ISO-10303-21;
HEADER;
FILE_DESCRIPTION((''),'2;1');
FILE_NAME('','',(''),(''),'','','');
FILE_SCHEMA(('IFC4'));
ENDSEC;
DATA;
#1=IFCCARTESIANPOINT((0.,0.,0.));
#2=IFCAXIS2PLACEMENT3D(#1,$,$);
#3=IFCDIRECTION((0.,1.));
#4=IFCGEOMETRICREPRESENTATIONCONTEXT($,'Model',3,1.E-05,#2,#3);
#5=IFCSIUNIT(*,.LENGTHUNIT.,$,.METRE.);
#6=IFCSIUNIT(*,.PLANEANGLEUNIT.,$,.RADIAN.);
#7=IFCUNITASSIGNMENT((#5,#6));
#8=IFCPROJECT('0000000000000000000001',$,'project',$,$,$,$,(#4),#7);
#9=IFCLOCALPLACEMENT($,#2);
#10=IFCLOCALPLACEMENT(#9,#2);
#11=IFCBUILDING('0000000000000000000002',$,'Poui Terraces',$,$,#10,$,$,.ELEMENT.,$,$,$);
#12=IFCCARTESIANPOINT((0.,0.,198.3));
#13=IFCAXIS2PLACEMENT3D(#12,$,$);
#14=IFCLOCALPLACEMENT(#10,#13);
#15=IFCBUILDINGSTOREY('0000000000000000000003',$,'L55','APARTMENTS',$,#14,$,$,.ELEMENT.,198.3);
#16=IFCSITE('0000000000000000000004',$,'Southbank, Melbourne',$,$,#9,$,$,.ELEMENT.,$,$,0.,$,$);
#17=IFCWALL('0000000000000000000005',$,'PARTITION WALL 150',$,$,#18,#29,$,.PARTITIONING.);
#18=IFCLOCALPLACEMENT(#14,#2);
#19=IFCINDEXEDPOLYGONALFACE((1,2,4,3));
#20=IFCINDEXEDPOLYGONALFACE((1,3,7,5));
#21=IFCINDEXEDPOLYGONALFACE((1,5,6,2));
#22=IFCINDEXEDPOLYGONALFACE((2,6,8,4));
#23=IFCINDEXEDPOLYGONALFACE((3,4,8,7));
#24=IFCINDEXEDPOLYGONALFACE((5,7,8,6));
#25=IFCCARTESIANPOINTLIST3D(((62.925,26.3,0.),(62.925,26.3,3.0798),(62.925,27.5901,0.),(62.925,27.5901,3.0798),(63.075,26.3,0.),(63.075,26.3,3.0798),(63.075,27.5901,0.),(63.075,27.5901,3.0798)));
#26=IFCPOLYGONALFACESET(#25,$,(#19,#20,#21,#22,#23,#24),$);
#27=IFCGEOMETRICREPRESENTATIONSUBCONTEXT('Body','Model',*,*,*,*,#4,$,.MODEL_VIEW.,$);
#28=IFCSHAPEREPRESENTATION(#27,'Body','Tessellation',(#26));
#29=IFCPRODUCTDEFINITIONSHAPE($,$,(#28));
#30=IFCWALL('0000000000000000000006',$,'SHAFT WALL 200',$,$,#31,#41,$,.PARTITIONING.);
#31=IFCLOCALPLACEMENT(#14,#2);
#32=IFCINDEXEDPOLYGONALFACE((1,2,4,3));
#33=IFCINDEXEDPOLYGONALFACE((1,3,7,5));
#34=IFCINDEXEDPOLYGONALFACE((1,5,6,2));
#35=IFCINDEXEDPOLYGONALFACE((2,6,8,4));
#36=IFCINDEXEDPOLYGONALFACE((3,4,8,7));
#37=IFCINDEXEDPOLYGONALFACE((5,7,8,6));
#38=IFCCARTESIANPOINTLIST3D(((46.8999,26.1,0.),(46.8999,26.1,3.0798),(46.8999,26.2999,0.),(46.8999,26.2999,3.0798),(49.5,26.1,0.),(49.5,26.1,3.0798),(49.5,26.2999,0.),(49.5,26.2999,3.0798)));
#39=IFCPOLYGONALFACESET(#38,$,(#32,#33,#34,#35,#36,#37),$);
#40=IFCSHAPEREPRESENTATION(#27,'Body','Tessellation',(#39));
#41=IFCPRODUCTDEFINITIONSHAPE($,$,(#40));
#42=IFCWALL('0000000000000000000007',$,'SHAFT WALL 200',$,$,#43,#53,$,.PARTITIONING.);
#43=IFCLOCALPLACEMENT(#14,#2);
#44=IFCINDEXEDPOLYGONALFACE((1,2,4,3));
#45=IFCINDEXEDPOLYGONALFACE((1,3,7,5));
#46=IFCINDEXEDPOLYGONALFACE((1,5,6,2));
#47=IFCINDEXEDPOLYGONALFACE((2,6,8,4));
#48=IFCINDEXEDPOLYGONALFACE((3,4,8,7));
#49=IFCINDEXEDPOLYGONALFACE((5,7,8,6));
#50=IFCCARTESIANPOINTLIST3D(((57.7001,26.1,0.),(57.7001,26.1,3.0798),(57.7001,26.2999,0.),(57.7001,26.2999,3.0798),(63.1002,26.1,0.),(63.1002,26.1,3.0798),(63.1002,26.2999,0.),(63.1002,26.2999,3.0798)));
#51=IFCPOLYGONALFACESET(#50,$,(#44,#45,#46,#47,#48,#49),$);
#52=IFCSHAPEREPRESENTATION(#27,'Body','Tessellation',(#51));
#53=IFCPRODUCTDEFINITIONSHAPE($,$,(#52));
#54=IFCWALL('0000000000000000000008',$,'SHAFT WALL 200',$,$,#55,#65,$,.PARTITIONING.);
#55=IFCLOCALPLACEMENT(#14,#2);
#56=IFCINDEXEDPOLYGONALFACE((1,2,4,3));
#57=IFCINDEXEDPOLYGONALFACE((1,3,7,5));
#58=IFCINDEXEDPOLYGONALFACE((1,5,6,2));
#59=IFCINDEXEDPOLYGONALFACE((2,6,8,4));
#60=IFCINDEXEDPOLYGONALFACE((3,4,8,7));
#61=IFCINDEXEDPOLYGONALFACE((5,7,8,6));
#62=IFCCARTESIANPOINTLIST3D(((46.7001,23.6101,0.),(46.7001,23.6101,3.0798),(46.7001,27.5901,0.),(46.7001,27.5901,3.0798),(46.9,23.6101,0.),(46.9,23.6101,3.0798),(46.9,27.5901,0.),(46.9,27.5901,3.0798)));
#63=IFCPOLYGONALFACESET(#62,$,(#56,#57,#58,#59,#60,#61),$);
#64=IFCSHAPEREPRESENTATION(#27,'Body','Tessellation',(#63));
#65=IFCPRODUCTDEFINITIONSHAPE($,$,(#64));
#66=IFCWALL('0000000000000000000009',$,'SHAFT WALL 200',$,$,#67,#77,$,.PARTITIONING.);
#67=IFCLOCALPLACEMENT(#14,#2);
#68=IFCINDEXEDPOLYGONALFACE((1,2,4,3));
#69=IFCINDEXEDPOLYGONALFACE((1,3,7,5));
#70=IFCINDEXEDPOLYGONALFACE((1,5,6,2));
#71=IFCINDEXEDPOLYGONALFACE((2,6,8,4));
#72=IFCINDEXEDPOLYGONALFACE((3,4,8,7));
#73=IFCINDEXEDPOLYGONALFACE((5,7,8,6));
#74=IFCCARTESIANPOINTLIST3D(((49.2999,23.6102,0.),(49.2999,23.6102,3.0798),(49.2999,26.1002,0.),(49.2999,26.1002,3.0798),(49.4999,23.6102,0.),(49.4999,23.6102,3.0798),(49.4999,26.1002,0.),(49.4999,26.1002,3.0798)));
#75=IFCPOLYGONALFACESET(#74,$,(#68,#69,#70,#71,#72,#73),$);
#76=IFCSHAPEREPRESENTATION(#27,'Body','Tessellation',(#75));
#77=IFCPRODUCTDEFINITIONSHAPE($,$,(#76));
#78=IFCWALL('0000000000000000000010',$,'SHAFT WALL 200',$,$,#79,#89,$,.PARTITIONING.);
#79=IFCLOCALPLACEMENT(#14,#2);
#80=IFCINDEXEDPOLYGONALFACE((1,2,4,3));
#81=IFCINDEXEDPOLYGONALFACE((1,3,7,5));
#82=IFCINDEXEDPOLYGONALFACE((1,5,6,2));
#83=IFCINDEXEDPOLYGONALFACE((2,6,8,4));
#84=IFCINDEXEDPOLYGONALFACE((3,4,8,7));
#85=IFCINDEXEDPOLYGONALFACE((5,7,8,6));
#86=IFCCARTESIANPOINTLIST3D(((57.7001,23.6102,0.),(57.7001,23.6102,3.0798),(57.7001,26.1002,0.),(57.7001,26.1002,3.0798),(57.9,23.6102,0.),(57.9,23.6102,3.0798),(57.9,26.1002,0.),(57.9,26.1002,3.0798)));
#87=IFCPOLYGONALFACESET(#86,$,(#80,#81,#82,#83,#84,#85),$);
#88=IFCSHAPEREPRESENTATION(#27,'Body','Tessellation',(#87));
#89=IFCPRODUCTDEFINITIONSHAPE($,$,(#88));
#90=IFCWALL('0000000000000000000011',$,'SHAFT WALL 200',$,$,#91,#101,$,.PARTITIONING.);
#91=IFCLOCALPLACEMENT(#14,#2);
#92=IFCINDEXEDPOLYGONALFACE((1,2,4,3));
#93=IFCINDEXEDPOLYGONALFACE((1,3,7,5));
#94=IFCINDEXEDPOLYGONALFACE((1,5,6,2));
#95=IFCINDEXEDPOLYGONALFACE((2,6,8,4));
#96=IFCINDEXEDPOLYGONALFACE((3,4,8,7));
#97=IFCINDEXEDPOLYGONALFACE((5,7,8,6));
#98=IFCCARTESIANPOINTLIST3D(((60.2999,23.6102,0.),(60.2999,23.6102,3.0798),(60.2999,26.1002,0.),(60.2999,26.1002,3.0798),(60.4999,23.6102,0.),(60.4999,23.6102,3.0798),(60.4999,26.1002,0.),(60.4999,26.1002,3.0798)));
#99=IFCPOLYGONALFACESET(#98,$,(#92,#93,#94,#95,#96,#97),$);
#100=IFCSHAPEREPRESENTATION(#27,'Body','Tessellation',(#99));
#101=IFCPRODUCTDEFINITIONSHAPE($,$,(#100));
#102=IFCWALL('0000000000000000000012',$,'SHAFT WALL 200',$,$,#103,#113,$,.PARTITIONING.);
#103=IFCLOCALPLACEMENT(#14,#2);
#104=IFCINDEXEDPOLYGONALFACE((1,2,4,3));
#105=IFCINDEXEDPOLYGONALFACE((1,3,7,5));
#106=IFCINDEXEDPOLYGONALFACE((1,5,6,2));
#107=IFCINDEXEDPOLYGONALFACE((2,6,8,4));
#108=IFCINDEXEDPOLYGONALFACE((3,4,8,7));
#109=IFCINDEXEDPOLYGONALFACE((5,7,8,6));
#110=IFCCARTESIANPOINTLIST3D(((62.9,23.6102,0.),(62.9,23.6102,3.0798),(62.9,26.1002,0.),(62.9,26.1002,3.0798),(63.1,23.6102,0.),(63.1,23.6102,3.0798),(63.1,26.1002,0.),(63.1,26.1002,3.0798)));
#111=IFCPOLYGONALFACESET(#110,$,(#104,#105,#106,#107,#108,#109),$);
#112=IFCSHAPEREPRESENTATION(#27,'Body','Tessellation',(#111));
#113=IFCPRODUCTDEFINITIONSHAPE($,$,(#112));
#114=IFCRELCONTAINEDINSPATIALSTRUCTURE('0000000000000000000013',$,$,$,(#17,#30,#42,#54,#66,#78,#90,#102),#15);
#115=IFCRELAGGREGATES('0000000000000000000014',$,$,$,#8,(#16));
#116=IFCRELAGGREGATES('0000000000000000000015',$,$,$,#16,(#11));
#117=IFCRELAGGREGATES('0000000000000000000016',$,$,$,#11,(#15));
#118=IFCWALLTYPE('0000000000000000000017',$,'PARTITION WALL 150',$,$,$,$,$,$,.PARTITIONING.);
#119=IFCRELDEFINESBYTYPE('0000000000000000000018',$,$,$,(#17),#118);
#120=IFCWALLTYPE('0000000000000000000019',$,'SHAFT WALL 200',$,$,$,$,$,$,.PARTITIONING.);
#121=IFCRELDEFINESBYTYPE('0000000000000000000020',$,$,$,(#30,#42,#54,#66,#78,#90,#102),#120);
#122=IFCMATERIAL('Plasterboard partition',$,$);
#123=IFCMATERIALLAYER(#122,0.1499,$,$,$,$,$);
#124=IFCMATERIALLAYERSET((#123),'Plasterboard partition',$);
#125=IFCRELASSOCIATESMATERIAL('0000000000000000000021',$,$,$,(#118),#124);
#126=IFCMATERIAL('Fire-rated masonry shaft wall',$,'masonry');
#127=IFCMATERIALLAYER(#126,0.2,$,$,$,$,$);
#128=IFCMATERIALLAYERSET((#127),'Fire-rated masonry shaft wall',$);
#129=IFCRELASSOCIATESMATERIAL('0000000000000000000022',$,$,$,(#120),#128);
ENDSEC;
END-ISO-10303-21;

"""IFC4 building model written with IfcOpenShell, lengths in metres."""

from ifc_helpers import new_model, si_unit, direction, frame, frame_2d, origin, place, context, subcontext, project, spatial, rectangle, extrude, material, layer, layer_set, type_object, element, save


model = new_model("IFC4")

# Units and contexts
model_context = context("Model", 3, precision=1e-05, world=origin(), true_north=direction((0.0, 1.0)))
body_context = subcontext(model_context, "Body", "Model", "MODEL_VIEW")
ifc_project = project(units=[si_unit("LENGTHUNIT", "METRE"), si_unit("PLANEANGLEUNIT", "RADIAN")], contexts=[model_context])

# Site, building, storey
site_placement = place(None, origin())
site = spatial("IfcSite", under=ifc_project, at=site_placement, Name="Southbank, Melbourne", CompositionType="ELEMENT", RefElevation=0.0)
building_placement = place(site_placement, origin())
building = spatial("IfcBuilding", under=site, at=building_placement, Name="Poui Terraces", CompositionType="ELEMENT")
storey_placement = place(building_placement, frame((0.0, 0.0, 198.3)))
storey = spatial("IfcBuildingStorey", under=building, at=storey_placement, Name="L55", Description="APARTMENTS", CompositionType="ELEMENT", Elevation=198.3)

# Walls
ifc_material_1 = material(Name="Plasterboard partition")
ifc_layer_1 = layer(ifc_material_1, 0.1499)
ifc_layer_set_1 = layer_set([ifc_layer_1], Name="Plasterboard partition")
wall_type_1 = type_object("IfcWallType", Name="PARTITION WALL 150", PredefinedType="PARTITIONING", material=ifc_layer_set_1)
for number, where, z_axis, x_axis, name in (
    (1, (63.0, 26.3, 0.0), (0.0, 0.0, 1.0), (0.0, 1.0, 0.0), "PARTITION WALL 150"),
):
    element("IfcWall", number, at=place(storey_placement, frame(where, z_axis=z_axis, x_axis=x_axis)), inside=storey, type_object=wall_type_1, Name=name, PredefinedType="PARTITIONING", context=body_context, shape_type="SweptSolid", body=[
        extrude(rectangle(XDim=1.29, YDim=0.1499, at=frame_2d((0.645, 0.0))), origin(), (0.0, 0.0, 1.0), 3.0798),
    ])
ifc_material_2 = material(Name="Fire-rated masonry shaft wall", Category="masonry")
ifc_layer_2 = layer(ifc_material_2, 0.2)
ifc_layer_set_2 = layer_set([ifc_layer_2], Name="Fire-rated masonry shaft wall")
wall_type_2 = type_object("IfcWallType", Name="SHAFT WALL 200", PredefinedType="PARTITIONING", material=ifc_layer_set_2)
wall_1_placement = place(storey_placement, frame((46.8999, 26.2, 0.0), z_axis=(0.0, 0.0, 1.0), x_axis=(1.0, 0.0, 0.0)))
element("IfcWall", 2, at=wall_1_placement, inside=storey, type_object=wall_type_2, Name="SHAFT WALL 200", PredefinedType="PARTITIONING", context=body_context, shape_type="SweptSolid", body=[
    extrude(rectangle(XDim=2.6001, YDim=0.2, at=frame_2d((1.3, 0.0))), origin(), (0.0, 0.0, 1.0), 3.0798),
])
wall_2_placement = place(storey_placement, frame((57.7, 26.2, 0.0), z_axis=(0.0, 0.0, 1.0), x_axis=(1.0, 0.0, 0.0)))
element("IfcWall", 3, at=wall_2_placement, inside=storey, type_object=wall_type_2, Name="SHAFT WALL 200", PredefinedType="PARTITIONING", context=body_context, shape_type="SweptSolid", body=[
    extrude(rectangle(XDim=5.4001, YDim=0.2, at=frame_2d((2.7002, 0.0))), origin(), (0.0, 0.0, 1.0), 3.0798),
])
wall_3_placement = place(storey_placement, frame((46.8, 23.6101, 0.0), z_axis=(0.0, 0.0, 1.0), x_axis=(0.0, 1.0, 0.0)))
element("IfcWall", 4, at=wall_3_placement, inside=storey, type_object=wall_type_2, Name="SHAFT WALL 200", PredefinedType="PARTITIONING", context=body_context, shape_type="SweptSolid", body=[
    extrude(rectangle(XDim=3.98, YDim=0.2, at=frame_2d((1.99, 0.0))), origin(), (0.0, 0.0, 1.0), 3.0798),
])
for number, where, z_axis, x_axis, name in (
    (5, (49.3999, 23.6101, 0.0), (0.0, 0.0, 1.0), (0.0, 1.0, 0.0), "SHAFT WALL 200"),
    (6, (57.8, 23.6101, 0.0), (0.0, 0.0, 1.0), (0.0, 1.0, 0.0), "SHAFT WALL 200"),
    (7, (60.3999, 23.6101, 0.0), (0.0, 0.0, 1.0), (0.0, 1.0, 0.0), "SHAFT WALL 200"),
    (8, (63.0, 23.6101, 0.0), (0.0, 0.0, 1.0), (0.0, 1.0, 0.0), "SHAFT WALL 200"),
):
    element("IfcWall", number, at=place(storey_placement, frame(where, z_axis=z_axis, x_axis=x_axis)), inside=storey, type_object=wall_type_2, Name=name, PredefinedType="PARTITIONING", context=body_context, shape_type="SweptSolid", body=[
        extrude(rectangle(XDim=2.49, YDim=0.2, at=frame_2d((1.2451, 0.0))), origin(), (0.0, 0.0, 1.0), 3.0798),
    ])

save(model, "model.ifc")
